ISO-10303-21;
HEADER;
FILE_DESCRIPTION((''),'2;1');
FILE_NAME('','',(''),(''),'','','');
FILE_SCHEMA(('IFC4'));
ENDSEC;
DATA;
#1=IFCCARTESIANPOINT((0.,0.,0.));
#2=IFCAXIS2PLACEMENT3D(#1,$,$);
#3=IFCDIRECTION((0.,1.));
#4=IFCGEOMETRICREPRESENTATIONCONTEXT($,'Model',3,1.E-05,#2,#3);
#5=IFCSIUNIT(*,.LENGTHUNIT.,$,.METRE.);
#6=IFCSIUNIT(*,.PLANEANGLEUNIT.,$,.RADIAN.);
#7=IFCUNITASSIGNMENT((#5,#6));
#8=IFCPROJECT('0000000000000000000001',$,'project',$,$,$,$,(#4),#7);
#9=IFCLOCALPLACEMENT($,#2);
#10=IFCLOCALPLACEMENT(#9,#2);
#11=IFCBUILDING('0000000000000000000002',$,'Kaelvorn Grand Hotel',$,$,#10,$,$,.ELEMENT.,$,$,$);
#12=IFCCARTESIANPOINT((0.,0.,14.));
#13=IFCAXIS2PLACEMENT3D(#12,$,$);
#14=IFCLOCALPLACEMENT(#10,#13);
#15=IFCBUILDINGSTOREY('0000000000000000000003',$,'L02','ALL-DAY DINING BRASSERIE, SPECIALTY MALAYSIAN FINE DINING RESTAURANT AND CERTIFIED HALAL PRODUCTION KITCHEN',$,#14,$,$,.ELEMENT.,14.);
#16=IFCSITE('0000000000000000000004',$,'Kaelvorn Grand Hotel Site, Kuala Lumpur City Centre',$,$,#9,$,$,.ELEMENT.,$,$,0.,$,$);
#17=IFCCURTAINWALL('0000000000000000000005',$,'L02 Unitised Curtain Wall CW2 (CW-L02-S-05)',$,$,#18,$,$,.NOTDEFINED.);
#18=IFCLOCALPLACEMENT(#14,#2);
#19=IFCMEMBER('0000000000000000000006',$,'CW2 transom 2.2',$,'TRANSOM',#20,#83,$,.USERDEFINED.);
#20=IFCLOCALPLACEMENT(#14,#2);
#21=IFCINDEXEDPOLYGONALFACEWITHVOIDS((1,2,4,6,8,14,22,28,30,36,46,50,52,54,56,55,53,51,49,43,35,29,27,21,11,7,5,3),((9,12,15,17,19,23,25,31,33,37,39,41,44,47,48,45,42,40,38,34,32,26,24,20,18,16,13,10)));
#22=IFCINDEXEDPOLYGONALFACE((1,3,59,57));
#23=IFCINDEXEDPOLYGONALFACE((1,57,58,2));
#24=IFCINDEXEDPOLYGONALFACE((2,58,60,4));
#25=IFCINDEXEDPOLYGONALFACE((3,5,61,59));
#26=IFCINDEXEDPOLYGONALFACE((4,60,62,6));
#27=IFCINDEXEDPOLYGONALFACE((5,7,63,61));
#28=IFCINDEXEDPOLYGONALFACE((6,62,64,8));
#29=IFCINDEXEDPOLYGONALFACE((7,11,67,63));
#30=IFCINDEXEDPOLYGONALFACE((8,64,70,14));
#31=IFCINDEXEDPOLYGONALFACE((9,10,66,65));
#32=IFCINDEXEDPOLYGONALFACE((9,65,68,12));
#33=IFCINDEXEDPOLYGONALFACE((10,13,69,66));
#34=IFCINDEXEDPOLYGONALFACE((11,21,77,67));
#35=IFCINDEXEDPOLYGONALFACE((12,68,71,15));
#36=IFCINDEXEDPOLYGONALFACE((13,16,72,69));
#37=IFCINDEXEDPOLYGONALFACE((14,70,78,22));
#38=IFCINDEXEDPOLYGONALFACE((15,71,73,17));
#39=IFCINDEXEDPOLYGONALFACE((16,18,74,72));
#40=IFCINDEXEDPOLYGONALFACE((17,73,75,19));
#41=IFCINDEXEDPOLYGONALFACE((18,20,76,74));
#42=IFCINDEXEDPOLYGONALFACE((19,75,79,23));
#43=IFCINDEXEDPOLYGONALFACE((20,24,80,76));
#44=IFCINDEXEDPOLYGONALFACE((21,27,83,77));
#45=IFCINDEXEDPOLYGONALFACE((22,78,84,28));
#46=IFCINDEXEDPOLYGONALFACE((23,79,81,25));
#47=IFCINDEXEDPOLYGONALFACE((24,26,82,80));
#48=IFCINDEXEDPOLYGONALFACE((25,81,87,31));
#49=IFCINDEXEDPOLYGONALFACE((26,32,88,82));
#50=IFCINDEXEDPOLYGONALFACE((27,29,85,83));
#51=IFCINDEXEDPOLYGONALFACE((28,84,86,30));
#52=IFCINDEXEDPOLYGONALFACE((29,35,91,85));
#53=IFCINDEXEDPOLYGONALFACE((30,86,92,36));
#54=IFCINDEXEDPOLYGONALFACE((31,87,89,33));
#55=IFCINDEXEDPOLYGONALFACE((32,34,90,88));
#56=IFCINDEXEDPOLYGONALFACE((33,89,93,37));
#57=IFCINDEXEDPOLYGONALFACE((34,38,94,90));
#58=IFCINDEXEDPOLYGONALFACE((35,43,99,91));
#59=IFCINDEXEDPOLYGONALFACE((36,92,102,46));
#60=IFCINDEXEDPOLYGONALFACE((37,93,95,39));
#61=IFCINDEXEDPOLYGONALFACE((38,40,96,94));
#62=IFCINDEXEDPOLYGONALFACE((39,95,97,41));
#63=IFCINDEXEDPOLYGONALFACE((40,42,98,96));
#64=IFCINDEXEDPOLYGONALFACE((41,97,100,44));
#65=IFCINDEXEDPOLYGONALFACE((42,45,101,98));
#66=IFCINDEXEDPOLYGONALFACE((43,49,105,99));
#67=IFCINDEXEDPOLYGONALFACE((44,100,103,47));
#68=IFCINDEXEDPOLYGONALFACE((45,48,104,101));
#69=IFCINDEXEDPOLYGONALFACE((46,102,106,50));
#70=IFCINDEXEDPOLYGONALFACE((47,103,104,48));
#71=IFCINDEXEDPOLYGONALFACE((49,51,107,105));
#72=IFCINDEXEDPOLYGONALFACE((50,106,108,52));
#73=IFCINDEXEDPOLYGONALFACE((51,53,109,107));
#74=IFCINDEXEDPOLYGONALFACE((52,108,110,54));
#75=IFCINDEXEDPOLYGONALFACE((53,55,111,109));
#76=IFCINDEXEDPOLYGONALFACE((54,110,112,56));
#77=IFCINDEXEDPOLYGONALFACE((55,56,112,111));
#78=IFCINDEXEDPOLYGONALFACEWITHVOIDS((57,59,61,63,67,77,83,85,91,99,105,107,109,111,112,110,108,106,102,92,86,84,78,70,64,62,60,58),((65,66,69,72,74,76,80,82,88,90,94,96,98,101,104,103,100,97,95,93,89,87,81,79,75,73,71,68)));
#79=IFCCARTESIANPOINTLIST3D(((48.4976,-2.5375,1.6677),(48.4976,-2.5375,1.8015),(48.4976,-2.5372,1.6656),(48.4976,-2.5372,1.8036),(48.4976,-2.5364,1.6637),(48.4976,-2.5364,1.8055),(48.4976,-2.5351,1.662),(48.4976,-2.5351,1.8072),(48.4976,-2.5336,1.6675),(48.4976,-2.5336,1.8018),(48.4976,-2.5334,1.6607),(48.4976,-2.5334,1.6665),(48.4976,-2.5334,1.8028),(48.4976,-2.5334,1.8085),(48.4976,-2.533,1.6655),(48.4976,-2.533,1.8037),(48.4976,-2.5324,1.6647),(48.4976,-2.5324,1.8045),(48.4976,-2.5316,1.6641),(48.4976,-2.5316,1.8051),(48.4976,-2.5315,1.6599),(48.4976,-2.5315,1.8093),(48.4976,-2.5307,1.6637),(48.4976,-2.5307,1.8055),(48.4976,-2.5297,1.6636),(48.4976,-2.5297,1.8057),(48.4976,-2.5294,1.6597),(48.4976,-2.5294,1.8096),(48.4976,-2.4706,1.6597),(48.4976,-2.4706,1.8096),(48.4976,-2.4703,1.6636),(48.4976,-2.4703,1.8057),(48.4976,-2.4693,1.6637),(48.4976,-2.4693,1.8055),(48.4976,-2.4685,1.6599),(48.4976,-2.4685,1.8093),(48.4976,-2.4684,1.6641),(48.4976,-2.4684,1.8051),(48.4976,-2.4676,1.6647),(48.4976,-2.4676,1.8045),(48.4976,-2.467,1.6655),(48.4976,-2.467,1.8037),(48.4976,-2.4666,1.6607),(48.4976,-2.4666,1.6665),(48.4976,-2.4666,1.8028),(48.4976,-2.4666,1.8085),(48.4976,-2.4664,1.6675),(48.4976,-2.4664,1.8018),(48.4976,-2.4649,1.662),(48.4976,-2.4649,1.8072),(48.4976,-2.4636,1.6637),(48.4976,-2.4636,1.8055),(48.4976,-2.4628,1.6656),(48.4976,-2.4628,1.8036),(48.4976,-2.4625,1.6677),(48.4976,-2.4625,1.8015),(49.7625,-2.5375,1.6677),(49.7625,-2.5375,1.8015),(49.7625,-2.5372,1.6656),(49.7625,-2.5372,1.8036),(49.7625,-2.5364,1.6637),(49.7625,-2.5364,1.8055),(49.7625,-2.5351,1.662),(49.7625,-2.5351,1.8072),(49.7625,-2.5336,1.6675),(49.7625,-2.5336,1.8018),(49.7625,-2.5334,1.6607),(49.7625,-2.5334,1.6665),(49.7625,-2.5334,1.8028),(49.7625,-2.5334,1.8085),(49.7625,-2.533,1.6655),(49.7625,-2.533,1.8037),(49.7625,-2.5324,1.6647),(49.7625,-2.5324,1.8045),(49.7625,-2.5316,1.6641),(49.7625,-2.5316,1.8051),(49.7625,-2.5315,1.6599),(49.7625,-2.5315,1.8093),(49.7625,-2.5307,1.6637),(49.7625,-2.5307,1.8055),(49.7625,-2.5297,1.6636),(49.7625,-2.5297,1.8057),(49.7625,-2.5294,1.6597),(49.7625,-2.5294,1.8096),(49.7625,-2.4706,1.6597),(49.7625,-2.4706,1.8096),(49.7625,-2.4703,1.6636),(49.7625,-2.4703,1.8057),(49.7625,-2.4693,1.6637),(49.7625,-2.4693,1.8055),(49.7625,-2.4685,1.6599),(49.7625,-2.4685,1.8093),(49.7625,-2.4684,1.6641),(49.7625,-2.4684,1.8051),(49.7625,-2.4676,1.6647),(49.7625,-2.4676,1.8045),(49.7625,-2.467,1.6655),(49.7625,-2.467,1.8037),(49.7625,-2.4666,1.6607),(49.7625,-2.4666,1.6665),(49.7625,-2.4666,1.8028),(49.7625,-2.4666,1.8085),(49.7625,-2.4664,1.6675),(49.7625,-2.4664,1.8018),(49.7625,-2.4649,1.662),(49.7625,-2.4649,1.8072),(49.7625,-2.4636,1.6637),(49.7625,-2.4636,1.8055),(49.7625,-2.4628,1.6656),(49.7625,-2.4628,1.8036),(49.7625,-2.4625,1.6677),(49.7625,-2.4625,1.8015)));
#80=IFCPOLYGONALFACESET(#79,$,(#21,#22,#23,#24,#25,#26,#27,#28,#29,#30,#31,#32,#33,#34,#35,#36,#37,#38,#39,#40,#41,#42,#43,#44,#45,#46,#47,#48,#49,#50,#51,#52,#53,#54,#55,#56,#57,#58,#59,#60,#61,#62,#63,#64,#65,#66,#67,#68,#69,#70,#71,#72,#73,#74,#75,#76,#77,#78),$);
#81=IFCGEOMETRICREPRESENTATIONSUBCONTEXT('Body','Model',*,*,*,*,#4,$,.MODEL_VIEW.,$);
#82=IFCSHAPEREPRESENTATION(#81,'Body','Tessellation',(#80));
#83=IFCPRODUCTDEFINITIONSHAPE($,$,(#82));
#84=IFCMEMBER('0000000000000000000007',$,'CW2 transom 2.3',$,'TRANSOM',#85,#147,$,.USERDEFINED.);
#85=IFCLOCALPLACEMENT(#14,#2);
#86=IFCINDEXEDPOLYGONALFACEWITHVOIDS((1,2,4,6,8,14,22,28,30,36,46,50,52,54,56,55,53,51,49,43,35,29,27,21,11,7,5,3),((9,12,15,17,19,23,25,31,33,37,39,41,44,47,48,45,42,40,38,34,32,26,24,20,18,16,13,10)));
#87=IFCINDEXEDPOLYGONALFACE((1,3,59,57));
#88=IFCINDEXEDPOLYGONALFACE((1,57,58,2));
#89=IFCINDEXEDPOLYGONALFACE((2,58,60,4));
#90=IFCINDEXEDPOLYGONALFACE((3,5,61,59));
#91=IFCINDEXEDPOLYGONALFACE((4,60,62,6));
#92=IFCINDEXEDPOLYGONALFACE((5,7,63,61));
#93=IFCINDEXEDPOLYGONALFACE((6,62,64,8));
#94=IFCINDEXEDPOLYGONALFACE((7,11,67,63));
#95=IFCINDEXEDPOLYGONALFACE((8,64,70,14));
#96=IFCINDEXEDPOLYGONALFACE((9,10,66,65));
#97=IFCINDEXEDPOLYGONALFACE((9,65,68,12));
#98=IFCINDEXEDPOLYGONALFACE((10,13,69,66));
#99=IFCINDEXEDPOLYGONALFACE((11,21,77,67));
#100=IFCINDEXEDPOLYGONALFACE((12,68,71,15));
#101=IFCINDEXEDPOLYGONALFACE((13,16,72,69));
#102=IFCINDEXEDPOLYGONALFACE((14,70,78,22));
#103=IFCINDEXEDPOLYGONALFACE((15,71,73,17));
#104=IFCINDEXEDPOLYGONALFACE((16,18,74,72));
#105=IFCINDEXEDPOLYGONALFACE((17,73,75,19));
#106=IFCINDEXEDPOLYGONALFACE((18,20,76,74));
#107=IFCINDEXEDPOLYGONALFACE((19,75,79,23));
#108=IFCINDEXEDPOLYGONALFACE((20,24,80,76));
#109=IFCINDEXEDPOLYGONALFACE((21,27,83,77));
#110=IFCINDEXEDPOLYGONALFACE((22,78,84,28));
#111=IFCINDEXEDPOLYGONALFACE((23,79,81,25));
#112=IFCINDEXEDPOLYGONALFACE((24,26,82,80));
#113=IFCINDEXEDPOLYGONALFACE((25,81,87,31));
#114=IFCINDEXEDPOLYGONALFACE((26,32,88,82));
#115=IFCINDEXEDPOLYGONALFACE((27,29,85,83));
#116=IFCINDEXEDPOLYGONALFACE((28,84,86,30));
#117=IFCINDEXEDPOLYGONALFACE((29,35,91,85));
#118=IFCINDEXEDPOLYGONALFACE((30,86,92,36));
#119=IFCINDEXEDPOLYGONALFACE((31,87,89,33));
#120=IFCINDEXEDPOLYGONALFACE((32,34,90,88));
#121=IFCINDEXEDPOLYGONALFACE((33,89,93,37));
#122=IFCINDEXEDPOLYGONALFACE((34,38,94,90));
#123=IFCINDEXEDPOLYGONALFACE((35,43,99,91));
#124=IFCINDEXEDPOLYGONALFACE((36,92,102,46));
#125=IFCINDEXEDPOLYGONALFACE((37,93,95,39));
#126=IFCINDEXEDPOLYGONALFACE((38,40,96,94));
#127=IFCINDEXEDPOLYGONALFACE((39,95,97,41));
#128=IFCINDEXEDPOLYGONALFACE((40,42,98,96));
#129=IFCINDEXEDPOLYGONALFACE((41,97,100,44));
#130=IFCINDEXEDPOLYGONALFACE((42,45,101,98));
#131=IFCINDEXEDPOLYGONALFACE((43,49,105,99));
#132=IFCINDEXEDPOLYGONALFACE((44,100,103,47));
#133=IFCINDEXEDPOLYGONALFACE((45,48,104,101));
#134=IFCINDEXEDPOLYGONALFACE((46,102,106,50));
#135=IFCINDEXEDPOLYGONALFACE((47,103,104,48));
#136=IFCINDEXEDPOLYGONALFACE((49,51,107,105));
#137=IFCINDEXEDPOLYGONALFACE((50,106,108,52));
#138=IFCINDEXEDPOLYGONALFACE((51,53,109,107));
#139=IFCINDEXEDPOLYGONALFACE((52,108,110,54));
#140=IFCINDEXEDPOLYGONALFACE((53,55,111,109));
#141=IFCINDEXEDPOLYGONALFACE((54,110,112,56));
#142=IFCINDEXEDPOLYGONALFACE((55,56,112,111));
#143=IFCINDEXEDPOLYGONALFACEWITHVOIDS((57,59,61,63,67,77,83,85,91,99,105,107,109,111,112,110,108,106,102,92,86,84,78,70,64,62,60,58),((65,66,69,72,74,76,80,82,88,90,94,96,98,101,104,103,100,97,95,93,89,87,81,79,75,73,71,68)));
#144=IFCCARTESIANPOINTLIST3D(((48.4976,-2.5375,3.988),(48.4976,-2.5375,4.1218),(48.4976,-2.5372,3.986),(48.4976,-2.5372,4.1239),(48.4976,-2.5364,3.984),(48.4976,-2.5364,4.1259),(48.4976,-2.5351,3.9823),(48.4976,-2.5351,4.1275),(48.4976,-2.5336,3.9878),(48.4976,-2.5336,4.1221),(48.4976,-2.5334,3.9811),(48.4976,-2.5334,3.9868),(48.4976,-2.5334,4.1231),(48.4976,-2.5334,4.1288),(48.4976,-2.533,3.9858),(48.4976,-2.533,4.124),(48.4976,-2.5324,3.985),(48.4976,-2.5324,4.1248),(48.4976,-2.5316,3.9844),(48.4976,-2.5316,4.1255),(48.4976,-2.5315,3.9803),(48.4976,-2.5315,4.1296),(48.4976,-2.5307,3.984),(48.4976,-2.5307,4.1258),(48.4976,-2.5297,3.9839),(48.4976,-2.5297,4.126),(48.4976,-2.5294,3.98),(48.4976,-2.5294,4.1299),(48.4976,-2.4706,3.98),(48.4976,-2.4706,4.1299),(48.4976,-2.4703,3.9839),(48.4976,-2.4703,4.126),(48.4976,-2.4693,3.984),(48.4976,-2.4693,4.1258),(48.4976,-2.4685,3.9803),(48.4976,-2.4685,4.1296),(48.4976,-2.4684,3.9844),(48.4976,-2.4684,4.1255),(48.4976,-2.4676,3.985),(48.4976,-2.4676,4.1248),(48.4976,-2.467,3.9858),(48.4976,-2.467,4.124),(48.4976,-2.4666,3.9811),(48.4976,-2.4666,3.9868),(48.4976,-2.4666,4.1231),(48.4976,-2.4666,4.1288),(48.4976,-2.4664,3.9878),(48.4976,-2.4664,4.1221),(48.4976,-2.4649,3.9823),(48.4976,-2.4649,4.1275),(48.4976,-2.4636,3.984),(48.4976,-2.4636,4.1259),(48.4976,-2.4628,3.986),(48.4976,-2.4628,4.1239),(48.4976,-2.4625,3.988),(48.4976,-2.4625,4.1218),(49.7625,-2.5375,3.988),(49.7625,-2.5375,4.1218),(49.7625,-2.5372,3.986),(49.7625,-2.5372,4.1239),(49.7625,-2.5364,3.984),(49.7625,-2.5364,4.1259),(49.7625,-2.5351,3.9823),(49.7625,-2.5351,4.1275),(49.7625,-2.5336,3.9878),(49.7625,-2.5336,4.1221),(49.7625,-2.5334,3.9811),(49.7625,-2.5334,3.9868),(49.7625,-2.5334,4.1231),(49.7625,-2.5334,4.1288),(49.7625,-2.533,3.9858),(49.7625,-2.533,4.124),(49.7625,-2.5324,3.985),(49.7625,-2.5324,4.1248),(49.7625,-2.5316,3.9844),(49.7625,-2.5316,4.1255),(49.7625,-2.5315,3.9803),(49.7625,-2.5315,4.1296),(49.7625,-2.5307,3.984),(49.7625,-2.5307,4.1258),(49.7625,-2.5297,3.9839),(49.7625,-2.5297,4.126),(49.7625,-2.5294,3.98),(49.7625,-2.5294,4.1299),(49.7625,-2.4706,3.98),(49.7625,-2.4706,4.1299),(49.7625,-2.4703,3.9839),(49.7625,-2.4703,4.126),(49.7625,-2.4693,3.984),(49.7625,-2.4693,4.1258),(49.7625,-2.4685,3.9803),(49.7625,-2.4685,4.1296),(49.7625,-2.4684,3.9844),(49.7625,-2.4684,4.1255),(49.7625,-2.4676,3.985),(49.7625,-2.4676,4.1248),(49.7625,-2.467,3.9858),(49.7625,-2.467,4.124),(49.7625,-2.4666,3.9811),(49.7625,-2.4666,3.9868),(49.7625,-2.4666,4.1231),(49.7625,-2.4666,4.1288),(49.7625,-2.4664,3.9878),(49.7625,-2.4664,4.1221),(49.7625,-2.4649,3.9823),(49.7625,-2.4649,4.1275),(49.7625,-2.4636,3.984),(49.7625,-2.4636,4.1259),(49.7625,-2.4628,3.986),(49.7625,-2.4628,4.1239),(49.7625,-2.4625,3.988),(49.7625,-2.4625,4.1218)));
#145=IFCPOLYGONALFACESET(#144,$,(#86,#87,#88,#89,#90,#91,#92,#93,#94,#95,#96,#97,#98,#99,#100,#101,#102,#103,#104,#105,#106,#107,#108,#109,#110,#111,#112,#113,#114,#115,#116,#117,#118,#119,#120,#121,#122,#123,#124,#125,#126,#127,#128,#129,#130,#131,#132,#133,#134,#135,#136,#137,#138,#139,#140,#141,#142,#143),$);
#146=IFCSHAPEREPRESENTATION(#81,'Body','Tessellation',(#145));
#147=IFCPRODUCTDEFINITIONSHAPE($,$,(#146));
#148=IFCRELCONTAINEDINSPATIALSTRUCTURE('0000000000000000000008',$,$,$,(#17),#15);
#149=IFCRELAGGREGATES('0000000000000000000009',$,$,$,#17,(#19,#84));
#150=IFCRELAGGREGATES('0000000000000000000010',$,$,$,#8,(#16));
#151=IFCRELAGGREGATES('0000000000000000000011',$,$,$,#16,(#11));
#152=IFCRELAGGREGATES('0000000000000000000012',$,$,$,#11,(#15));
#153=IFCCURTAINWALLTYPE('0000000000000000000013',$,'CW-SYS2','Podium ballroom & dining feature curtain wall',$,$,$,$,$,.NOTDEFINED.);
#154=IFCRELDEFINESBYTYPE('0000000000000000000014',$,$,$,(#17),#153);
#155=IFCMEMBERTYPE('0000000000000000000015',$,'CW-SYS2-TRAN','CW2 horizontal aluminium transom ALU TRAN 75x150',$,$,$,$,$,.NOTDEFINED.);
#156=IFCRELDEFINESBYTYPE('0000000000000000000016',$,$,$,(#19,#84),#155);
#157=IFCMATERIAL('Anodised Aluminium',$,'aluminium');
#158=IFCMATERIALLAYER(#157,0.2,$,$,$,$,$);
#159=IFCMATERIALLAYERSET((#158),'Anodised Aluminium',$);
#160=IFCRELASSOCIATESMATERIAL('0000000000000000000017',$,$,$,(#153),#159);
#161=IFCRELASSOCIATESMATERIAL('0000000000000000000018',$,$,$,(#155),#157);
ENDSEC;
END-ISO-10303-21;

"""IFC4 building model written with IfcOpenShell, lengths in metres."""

from ifc_helpers import new_model, si_unit, direction, frame, origin, origin_2d, place, context, subcontext, project, spatial, hollow_rectangle, extrude, material, layer, layer_set, material_profile, profile_set, type_object, element, aggregate, save


model = new_model("IFC4")

# Units and contexts
model_context = context("Model", 3, precision=1e-05, world=origin(), true_north=direction((0.0, 1.0)))
body_context = subcontext(model_context, "Body", "Model", "MODEL_VIEW")
ifc_project = project(units=[si_unit("LENGTHUNIT", "METRE"), si_unit("PLANEANGLEUNIT", "RADIAN")], contexts=[model_context])

# Site, building, storey
site_placement = place(None, origin())
site = spatial("IfcSite", under=ifc_project, at=site_placement, Name="Kaelvorn Grand Hotel Site, Kuala Lumpur City Centre", CompositionType="ELEMENT", RefElevation=0.0)
building_placement = place(site_placement, origin())
building = spatial("IfcBuilding", under=site, at=building_placement, Name="Kaelvorn Grand Hotel", CompositionType="ELEMENT")
storey_placement = place(building_placement, frame((0.0, 0.0, 14.0)))
storey = spatial("IfcBuildingStorey", under=building, at=storey_placement, Name="L02", Description="ALL-DAY DINING BRASSERIE, SPECIALTY MALAYSIAN FINE DINING RESTAURANT AND CERTIFIED HALAL PRODUCTION KITCHEN", CompositionType="ELEMENT", Elevation=14.0)

# Curtain wall
ifc_material_1 = material(Name="Anodised Aluminium", Category="aluminium")
ifc_layer_1 = layer(ifc_material_1, 0.2)
ifc_layer_set_1 = layer_set([ifc_layer_1], Name="Anodised Aluminium")
curtain_wall_type = type_object("IfcCurtainWallType", Name="CW-SYS2", Description="Podium ballroom & dining feature curtain wall", PredefinedType="NOTDEFINED", material=ifc_layer_set_1)
curtain_wall_1_placement = place(storey_placement, origin())
curtain_wall_1 = element("IfcCurtainWall", 1, at=curtain_wall_1_placement, inside=storey, type_object=curtain_wall_type, Name="L02 Unitised Curtain Wall CW2 (CW-L02-S-05)", PredefinedType="NOTDEFINED")

# Members
ifc_material_profile_1 = material_profile(ifc_material_1, hollow_rectangle(XDim=0.075, YDim=0.1499, WallThickness=0.0039, InnerFilletRadius=0.0039, OuterFilletRadius=0.0081, at=origin_2d()), Name="ALU TRAN 75x150")
ifc_profile_set_1 = profile_set([ifc_material_profile_1], Name="Anodised Aluminium")
member_type_1 = type_object("IfcMemberType", Name="CW-SYS2-TRAN", Description="CW2 horizontal aluminium transom ALU TRAN 75x150", PredefinedType="NOTDEFINED", material=ifc_profile_set_1)
member_1_placement = place(storey_placement, frame((48.4976, -2.5, 1.7346), z_axis=(1.0, 0.0, 0.0), x_axis=(0.0, 1.0, 0.0)))
member_1 = element("IfcMember", 2, at=member_1_placement, type_object=member_type_1, Name="CW2 transom 2.2", ObjectType="TRANSOM", PredefinedType="USERDEFINED", context=body_context, shape_type="SweptSolid", body=[
    extrude(hollow_rectangle(XDim=0.075, YDim=0.1499, WallThickness=0.0039, InnerFilletRadius=0.0039, OuterFilletRadius=0.0081, at=origin_2d()), origin(), (0.0, 0.0, 1.0), 1.2649),
])
member_2_placement = place(storey_placement, frame((48.4976, -2.5, 4.0549), z_axis=(1.0, 0.0, 0.0), x_axis=(0.0, 1.0, 0.0)))
member_2 = element("IfcMember", 3, at=member_2_placement, type_object=member_type_1, Name="CW2 transom 2.3", ObjectType="TRANSOM", PredefinedType="USERDEFINED", context=body_context, shape_type="SweptSolid", body=[
    extrude(hollow_rectangle(XDim=0.075, YDim=0.1499, WallThickness=0.0039, InnerFilletRadius=0.0039, OuterFilletRadius=0.0081, at=origin_2d()), origin(), (0.0, 0.0, 1.0), 1.2649),
])

aggregate(curtain_wall_1, [member_1, member_2])

save(model, "model.ifc")
